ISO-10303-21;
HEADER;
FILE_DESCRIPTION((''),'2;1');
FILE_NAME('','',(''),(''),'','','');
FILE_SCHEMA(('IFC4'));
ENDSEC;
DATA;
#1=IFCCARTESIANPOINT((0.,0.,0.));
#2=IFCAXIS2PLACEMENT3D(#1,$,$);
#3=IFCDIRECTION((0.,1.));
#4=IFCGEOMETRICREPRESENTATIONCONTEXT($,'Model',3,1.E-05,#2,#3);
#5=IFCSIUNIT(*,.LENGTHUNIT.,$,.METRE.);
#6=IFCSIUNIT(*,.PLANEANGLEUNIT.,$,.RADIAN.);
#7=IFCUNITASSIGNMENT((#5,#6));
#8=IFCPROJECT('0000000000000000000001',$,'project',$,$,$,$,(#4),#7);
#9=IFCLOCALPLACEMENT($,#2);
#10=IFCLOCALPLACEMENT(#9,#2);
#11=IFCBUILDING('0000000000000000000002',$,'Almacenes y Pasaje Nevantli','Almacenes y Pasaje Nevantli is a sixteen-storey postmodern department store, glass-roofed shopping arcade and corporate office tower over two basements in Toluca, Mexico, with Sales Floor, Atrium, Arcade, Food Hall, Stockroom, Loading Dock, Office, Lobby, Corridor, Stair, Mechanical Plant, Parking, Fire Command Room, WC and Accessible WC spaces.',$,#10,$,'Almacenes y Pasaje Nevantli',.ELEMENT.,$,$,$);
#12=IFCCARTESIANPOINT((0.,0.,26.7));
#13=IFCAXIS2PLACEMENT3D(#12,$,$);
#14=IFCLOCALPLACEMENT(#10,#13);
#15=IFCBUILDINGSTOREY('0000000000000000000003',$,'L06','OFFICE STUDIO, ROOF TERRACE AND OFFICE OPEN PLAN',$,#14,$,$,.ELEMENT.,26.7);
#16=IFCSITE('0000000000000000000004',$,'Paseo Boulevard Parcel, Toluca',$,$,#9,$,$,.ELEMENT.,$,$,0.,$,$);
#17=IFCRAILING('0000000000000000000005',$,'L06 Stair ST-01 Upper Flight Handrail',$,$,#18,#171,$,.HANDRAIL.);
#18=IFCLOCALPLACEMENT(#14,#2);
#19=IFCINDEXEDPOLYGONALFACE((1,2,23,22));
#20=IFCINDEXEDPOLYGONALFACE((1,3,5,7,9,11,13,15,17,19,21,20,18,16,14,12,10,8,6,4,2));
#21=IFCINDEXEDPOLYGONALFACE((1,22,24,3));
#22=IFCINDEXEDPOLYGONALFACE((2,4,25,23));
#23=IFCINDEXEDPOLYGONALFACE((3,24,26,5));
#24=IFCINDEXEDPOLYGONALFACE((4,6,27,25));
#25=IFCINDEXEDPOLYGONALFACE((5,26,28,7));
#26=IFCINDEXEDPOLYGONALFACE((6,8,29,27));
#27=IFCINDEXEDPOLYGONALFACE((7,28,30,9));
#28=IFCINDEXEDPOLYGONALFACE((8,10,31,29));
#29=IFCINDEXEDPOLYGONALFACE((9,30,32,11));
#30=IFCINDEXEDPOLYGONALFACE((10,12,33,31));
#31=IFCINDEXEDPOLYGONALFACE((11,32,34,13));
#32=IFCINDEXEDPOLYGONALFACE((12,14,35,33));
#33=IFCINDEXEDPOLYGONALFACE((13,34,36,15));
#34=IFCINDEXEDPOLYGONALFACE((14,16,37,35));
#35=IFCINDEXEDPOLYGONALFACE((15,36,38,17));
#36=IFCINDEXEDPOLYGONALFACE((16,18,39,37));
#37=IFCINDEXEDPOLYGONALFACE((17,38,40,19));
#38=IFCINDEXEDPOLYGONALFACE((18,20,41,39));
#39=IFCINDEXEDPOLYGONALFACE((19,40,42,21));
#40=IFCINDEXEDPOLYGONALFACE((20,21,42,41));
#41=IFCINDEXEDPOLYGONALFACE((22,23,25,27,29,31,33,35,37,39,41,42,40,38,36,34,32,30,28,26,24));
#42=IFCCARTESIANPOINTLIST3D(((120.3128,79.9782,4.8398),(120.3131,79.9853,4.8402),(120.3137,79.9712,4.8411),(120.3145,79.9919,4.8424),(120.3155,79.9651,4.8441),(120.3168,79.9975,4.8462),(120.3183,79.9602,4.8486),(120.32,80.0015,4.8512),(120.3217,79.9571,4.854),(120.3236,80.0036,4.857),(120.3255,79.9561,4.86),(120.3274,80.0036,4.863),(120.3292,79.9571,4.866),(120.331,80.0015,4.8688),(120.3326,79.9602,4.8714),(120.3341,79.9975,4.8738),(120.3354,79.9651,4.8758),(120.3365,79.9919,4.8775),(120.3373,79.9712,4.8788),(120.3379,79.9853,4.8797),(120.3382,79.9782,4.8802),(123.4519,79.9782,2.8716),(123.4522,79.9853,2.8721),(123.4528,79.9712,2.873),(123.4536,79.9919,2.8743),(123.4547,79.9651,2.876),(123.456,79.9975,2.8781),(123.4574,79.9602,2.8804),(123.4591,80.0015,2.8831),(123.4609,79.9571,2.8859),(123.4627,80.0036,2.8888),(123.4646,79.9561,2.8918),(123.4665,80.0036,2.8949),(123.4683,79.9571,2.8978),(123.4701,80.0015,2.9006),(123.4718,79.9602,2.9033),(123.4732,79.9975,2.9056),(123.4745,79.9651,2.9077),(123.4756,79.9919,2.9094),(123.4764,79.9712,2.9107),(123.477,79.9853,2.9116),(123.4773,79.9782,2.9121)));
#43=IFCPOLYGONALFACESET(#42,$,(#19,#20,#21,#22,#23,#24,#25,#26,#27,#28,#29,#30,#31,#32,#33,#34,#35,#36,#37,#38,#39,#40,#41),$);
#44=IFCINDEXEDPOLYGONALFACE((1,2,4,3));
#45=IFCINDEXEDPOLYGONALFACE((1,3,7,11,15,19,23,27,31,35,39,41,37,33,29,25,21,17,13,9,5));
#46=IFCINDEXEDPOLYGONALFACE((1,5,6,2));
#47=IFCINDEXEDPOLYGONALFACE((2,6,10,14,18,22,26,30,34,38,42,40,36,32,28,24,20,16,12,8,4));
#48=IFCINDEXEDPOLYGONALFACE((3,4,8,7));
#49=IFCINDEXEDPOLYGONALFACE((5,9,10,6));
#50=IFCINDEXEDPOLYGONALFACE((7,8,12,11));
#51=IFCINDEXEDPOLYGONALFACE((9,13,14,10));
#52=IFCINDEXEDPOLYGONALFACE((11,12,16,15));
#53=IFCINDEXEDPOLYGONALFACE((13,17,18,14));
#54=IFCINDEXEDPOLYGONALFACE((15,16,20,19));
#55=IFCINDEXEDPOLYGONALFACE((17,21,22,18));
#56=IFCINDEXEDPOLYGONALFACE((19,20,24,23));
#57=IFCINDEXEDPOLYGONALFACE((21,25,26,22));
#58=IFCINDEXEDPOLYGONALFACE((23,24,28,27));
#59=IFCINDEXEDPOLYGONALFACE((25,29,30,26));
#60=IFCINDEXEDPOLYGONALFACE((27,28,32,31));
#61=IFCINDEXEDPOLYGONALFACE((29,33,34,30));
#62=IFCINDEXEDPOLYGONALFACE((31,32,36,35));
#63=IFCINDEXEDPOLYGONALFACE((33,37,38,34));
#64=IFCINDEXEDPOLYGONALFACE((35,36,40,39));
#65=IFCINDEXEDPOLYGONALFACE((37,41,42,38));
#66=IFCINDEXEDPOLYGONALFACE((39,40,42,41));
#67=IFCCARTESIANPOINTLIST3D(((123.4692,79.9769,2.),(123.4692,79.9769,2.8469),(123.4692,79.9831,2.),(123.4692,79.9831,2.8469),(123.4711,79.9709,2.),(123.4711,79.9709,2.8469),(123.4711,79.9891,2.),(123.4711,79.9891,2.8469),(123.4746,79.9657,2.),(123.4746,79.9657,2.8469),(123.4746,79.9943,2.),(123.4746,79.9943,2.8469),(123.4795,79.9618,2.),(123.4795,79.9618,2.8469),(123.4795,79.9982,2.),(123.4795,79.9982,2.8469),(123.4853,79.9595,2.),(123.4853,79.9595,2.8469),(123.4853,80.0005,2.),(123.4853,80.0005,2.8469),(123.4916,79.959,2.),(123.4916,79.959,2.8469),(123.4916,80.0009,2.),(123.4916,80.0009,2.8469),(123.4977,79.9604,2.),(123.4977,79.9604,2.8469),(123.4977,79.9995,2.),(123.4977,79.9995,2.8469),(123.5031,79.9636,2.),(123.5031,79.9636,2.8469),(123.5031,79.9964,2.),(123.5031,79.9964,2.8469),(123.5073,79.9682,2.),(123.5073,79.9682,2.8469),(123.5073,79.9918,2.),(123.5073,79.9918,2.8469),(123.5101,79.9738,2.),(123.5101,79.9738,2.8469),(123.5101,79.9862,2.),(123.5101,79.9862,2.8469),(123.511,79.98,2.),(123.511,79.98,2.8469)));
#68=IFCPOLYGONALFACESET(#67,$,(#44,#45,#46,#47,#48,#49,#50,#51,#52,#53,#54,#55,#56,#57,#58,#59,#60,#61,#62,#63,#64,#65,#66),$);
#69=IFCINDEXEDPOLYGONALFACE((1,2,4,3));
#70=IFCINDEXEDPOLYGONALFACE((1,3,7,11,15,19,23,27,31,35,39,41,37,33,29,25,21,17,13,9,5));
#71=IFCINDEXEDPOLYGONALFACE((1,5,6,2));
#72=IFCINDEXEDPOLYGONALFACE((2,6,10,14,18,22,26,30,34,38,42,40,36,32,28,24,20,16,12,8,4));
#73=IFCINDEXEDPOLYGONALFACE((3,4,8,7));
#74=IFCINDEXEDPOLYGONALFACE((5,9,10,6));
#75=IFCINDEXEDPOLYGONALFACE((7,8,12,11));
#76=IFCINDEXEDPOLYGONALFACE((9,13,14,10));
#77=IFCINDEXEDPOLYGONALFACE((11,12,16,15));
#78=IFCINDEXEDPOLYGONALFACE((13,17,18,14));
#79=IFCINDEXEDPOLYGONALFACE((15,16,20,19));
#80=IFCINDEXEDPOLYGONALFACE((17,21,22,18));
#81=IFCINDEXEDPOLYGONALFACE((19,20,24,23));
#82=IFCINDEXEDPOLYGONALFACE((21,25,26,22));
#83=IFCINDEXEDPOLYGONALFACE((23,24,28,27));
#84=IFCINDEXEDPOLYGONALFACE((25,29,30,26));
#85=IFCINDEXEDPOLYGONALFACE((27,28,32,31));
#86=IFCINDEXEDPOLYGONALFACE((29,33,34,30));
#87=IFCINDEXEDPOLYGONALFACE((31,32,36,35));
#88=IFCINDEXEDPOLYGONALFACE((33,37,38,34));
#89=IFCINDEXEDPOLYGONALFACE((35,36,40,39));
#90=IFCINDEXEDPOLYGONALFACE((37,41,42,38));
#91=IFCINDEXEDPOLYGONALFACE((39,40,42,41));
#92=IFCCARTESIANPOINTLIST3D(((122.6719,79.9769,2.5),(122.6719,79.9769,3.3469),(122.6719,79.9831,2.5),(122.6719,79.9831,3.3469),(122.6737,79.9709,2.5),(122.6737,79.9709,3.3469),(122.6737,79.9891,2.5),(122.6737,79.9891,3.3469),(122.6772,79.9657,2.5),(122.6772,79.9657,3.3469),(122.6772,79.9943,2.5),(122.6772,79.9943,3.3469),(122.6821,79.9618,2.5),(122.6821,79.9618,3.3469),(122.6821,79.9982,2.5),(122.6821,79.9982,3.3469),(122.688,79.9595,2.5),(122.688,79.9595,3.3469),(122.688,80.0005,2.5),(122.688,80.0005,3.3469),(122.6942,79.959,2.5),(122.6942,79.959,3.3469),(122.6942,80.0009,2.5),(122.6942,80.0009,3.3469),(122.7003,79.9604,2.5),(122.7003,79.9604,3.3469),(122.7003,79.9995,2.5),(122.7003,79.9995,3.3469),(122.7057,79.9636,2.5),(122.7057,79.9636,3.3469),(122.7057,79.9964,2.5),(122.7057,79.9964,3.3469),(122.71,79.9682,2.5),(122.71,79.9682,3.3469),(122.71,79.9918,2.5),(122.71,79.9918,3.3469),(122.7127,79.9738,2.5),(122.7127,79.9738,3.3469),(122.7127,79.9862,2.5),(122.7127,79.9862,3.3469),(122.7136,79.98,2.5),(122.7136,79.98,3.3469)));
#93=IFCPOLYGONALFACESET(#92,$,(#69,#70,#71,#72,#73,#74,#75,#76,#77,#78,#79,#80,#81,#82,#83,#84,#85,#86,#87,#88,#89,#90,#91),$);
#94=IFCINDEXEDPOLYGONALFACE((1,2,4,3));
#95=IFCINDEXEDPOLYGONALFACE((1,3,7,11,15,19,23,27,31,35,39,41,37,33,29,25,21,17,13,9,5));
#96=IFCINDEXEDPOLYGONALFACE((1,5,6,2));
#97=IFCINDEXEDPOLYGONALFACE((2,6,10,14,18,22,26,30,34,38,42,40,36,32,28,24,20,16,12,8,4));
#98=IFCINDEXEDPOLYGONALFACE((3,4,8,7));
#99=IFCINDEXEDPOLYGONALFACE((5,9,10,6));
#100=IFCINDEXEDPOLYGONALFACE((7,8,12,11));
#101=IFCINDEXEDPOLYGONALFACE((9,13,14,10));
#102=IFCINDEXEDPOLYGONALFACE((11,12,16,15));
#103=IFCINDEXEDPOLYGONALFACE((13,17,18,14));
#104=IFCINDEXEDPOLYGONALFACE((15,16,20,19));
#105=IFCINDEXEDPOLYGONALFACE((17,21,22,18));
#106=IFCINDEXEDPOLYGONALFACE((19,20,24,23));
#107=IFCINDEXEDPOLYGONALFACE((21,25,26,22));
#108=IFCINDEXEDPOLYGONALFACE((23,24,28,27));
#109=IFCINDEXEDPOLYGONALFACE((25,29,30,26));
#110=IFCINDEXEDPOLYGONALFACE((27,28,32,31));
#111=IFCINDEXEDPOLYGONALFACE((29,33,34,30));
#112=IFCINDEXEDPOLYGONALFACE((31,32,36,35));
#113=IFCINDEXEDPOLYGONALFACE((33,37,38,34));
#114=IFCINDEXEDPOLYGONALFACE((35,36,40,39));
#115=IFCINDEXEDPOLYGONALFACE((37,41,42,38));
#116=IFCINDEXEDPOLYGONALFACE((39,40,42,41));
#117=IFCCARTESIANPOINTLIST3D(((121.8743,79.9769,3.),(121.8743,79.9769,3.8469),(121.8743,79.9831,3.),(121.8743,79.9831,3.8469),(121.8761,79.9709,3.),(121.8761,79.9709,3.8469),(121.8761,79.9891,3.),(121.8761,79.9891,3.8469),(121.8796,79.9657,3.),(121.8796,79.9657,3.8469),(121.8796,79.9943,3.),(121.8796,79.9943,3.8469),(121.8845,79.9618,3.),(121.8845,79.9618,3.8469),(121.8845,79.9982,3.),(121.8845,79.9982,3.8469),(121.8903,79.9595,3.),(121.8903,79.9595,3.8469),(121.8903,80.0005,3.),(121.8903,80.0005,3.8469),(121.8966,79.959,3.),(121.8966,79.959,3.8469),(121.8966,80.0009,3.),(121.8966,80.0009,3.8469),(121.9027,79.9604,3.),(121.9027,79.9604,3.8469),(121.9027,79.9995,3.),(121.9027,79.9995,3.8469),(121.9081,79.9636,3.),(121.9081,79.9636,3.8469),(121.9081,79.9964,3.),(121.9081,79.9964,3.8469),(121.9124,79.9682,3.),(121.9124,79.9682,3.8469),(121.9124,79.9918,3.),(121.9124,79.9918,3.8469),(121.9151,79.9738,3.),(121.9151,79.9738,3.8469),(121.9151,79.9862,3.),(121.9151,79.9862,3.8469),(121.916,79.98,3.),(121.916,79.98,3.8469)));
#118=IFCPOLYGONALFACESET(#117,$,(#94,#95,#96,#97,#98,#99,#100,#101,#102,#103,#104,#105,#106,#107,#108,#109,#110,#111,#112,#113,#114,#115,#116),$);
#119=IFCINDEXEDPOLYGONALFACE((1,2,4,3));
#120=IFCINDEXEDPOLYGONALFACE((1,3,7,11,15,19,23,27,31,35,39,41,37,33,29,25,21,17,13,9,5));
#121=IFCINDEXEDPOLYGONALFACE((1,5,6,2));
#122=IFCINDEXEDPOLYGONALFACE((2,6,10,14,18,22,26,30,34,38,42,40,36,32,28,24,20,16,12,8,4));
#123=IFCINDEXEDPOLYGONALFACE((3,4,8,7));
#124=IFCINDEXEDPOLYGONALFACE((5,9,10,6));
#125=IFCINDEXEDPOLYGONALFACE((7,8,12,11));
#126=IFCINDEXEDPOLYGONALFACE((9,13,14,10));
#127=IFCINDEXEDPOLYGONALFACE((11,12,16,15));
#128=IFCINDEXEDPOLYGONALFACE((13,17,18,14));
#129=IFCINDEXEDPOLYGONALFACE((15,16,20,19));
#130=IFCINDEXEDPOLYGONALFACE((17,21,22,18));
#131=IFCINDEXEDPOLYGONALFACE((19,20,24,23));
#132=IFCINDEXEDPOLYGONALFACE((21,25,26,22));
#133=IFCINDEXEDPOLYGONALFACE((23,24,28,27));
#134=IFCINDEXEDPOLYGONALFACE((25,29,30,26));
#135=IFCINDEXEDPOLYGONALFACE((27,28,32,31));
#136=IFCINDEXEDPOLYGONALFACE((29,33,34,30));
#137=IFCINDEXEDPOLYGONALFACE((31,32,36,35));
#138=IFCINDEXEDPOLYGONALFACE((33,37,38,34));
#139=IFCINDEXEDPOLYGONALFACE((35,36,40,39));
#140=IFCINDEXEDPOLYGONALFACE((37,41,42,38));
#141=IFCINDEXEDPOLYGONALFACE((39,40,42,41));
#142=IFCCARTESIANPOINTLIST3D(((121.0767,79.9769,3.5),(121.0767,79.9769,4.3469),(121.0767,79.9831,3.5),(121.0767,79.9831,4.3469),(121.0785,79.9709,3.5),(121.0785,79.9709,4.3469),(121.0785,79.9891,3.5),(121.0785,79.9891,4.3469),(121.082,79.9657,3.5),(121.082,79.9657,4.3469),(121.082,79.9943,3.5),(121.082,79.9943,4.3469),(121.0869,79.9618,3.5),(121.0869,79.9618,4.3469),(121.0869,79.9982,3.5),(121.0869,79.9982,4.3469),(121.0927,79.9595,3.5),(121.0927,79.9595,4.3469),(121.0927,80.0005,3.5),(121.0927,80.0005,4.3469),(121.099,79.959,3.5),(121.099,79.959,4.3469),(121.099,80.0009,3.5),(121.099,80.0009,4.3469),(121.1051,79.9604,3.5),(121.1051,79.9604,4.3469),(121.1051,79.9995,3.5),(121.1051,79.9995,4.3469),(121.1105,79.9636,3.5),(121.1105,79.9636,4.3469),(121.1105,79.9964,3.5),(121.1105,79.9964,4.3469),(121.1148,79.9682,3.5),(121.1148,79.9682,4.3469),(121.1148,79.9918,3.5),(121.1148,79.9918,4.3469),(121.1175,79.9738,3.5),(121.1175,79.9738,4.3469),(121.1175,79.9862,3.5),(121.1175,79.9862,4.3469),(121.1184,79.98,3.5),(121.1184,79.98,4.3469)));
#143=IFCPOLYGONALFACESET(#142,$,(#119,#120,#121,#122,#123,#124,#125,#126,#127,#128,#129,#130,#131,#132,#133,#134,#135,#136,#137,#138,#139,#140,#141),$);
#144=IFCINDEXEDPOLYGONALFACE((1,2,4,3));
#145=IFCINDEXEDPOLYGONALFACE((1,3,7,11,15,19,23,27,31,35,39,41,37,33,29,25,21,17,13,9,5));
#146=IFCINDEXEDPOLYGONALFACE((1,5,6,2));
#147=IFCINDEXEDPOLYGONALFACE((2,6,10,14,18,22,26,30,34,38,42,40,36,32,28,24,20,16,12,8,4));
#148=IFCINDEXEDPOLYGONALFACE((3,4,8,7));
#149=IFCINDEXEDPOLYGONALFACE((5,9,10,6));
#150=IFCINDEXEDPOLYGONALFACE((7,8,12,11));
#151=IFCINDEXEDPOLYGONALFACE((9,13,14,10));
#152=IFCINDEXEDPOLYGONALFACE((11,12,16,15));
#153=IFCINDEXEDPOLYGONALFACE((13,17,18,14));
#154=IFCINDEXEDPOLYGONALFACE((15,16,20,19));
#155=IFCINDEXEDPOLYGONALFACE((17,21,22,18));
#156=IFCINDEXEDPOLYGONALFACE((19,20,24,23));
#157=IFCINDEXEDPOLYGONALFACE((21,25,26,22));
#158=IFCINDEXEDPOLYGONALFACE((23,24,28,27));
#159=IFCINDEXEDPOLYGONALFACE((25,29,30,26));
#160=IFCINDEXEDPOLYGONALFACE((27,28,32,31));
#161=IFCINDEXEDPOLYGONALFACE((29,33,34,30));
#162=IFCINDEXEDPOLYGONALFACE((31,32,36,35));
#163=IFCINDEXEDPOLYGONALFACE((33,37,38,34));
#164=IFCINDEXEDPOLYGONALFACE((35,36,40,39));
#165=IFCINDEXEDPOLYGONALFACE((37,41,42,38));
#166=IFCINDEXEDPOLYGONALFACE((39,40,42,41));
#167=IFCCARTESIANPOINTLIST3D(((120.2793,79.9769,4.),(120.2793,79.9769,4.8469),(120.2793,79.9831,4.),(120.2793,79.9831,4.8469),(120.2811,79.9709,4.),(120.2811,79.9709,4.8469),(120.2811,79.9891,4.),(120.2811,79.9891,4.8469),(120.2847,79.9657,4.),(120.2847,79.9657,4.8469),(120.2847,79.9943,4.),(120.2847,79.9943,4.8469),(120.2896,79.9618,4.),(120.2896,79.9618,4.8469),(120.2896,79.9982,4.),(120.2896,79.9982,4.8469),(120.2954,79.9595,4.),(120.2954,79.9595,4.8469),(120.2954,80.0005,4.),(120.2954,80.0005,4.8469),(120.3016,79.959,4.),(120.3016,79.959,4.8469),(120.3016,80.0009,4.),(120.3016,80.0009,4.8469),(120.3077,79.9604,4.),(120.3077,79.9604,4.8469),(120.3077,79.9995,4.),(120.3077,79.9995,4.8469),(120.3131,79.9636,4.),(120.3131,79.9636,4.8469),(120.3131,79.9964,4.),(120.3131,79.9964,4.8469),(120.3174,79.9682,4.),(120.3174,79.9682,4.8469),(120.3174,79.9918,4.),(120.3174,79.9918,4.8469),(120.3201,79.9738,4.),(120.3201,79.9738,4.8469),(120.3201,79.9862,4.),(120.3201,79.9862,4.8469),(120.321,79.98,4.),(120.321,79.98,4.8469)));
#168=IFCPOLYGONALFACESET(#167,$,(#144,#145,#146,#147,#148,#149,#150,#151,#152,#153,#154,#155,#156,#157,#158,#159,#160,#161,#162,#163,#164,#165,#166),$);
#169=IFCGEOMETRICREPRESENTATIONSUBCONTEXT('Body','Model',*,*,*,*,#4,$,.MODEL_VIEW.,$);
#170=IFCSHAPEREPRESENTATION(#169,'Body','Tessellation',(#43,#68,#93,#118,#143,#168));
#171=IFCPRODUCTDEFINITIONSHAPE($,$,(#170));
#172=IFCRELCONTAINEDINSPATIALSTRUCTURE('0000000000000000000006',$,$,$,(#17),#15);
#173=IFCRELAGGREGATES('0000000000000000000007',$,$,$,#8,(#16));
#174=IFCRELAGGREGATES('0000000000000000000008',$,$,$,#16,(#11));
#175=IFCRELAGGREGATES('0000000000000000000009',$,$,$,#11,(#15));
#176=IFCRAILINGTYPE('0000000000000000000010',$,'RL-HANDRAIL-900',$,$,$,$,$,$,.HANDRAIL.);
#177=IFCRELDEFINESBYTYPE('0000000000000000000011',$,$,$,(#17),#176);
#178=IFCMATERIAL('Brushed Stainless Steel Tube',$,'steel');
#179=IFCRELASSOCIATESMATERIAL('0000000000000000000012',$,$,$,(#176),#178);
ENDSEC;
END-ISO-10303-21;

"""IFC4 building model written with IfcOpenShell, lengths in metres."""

from ifc_helpers import new_model, si_unit, direction, frame, origin, origin_2d, place, context, subcontext, project, spatial, circle, extrude, material, type_object, element, save


model = new_model("IFC4")

# Units and contexts
model_context = context("Model", 3, precision=1e-05, world=origin(), true_north=direction((0.0, 1.0)))
body_context = subcontext(model_context, "Body", "Model", "MODEL_VIEW")
ifc_project = project(units=[si_unit("LENGTHUNIT", "METRE"), si_unit("PLANEANGLEUNIT", "RADIAN")], contexts=[model_context])

# Site, building, storey
site_placement = place(None, origin())
site = spatial("IfcSite", under=ifc_project, at=site_placement, Name="Paseo Boulevard Parcel, Toluca", CompositionType="ELEMENT", RefElevation=0.0)
building_placement = place(site_placement, origin())
building = spatial("IfcBuilding", under=site, at=building_placement, Name="Almacenes y Pasaje Nevantli", Description="Almacenes y Pasaje Nevantli is a sixteen-storey postmodern department store, glass-roofed shopping arcade and corporate office tower over two basements in Toluca, Mexico, with Sales Floor, Atrium, Arcade, Food Hall, Stockroom, Loading Dock, Office, Lobby, Corridor, Stair, Mechanical Plant, Parking, Fire Command Room, WC and Accessible WC spaces.", LongName="Almacenes y Pasaje Nevantli", CompositionType="ELEMENT")
storey_placement = place(building_placement, frame((0.0, 0.0, 26.7)))
storey = spatial("IfcBuildingStorey", under=building, at=storey_placement, Name="L06", Description="OFFICE STUDIO, ROOF TERRACE AND OFFICE OPEN PLAN", CompositionType="ELEMENT", Elevation=26.7)

# Railing
ifc_material_1 = material(Name="Brushed Stainless Steel Tube", Category="steel")
railing_type_1 = type_object("IfcRailingType", Name="RL-HANDRAIL-900", PredefinedType="HANDRAIL", material=ifc_material_1)
railing_1_placement = place(storey_placement, frame((123.49, 79.98, 2.0)))
element("IfcRailing", 1, at=railing_1_placement, inside=storey, type_object=railing_type_1, Name="L06 Stair ST-01 Upper Flight Handrail", PredefinedType="HANDRAIL", context=body_context, shape_type="SweptSolid", body=[
    extrude(circle(Radius=0.0239, at=origin_2d()), frame((-0.0254, 0.0, 0.8918), z_axis=(-0.847247, 0.0, 0.531199), x_axis=(0.0, -1.0, 0.0)), (0.0, 0.0, 1.0), 3.7051),
    extrude(circle(Radius=0.021, at=origin_2d()), origin(), (0.0, 0.0, 1.0), 0.8469),
    extrude(circle(Radius=0.021, at=origin_2d()), frame((-0.7974, 0.0, 0.5)), (0.0, 0.0, 1.0), 0.8469),
    extrude(circle(Radius=0.021, at=origin_2d()), frame((-1.595, 0.0, 1.0)), (0.0, 0.0, 1.0), 0.8469),
    extrude(circle(Radius=0.021, at=origin_2d()), frame((-2.3926, 0.0, 1.5)), (0.0, 0.0, 1.0), 0.8469),
    extrude(circle(Radius=0.021, at=origin_2d()), frame((-3.1899, 0.0, 2.0)), (0.0, 0.0, 1.0), 0.8469),
])

save(model, "model.ifc")
